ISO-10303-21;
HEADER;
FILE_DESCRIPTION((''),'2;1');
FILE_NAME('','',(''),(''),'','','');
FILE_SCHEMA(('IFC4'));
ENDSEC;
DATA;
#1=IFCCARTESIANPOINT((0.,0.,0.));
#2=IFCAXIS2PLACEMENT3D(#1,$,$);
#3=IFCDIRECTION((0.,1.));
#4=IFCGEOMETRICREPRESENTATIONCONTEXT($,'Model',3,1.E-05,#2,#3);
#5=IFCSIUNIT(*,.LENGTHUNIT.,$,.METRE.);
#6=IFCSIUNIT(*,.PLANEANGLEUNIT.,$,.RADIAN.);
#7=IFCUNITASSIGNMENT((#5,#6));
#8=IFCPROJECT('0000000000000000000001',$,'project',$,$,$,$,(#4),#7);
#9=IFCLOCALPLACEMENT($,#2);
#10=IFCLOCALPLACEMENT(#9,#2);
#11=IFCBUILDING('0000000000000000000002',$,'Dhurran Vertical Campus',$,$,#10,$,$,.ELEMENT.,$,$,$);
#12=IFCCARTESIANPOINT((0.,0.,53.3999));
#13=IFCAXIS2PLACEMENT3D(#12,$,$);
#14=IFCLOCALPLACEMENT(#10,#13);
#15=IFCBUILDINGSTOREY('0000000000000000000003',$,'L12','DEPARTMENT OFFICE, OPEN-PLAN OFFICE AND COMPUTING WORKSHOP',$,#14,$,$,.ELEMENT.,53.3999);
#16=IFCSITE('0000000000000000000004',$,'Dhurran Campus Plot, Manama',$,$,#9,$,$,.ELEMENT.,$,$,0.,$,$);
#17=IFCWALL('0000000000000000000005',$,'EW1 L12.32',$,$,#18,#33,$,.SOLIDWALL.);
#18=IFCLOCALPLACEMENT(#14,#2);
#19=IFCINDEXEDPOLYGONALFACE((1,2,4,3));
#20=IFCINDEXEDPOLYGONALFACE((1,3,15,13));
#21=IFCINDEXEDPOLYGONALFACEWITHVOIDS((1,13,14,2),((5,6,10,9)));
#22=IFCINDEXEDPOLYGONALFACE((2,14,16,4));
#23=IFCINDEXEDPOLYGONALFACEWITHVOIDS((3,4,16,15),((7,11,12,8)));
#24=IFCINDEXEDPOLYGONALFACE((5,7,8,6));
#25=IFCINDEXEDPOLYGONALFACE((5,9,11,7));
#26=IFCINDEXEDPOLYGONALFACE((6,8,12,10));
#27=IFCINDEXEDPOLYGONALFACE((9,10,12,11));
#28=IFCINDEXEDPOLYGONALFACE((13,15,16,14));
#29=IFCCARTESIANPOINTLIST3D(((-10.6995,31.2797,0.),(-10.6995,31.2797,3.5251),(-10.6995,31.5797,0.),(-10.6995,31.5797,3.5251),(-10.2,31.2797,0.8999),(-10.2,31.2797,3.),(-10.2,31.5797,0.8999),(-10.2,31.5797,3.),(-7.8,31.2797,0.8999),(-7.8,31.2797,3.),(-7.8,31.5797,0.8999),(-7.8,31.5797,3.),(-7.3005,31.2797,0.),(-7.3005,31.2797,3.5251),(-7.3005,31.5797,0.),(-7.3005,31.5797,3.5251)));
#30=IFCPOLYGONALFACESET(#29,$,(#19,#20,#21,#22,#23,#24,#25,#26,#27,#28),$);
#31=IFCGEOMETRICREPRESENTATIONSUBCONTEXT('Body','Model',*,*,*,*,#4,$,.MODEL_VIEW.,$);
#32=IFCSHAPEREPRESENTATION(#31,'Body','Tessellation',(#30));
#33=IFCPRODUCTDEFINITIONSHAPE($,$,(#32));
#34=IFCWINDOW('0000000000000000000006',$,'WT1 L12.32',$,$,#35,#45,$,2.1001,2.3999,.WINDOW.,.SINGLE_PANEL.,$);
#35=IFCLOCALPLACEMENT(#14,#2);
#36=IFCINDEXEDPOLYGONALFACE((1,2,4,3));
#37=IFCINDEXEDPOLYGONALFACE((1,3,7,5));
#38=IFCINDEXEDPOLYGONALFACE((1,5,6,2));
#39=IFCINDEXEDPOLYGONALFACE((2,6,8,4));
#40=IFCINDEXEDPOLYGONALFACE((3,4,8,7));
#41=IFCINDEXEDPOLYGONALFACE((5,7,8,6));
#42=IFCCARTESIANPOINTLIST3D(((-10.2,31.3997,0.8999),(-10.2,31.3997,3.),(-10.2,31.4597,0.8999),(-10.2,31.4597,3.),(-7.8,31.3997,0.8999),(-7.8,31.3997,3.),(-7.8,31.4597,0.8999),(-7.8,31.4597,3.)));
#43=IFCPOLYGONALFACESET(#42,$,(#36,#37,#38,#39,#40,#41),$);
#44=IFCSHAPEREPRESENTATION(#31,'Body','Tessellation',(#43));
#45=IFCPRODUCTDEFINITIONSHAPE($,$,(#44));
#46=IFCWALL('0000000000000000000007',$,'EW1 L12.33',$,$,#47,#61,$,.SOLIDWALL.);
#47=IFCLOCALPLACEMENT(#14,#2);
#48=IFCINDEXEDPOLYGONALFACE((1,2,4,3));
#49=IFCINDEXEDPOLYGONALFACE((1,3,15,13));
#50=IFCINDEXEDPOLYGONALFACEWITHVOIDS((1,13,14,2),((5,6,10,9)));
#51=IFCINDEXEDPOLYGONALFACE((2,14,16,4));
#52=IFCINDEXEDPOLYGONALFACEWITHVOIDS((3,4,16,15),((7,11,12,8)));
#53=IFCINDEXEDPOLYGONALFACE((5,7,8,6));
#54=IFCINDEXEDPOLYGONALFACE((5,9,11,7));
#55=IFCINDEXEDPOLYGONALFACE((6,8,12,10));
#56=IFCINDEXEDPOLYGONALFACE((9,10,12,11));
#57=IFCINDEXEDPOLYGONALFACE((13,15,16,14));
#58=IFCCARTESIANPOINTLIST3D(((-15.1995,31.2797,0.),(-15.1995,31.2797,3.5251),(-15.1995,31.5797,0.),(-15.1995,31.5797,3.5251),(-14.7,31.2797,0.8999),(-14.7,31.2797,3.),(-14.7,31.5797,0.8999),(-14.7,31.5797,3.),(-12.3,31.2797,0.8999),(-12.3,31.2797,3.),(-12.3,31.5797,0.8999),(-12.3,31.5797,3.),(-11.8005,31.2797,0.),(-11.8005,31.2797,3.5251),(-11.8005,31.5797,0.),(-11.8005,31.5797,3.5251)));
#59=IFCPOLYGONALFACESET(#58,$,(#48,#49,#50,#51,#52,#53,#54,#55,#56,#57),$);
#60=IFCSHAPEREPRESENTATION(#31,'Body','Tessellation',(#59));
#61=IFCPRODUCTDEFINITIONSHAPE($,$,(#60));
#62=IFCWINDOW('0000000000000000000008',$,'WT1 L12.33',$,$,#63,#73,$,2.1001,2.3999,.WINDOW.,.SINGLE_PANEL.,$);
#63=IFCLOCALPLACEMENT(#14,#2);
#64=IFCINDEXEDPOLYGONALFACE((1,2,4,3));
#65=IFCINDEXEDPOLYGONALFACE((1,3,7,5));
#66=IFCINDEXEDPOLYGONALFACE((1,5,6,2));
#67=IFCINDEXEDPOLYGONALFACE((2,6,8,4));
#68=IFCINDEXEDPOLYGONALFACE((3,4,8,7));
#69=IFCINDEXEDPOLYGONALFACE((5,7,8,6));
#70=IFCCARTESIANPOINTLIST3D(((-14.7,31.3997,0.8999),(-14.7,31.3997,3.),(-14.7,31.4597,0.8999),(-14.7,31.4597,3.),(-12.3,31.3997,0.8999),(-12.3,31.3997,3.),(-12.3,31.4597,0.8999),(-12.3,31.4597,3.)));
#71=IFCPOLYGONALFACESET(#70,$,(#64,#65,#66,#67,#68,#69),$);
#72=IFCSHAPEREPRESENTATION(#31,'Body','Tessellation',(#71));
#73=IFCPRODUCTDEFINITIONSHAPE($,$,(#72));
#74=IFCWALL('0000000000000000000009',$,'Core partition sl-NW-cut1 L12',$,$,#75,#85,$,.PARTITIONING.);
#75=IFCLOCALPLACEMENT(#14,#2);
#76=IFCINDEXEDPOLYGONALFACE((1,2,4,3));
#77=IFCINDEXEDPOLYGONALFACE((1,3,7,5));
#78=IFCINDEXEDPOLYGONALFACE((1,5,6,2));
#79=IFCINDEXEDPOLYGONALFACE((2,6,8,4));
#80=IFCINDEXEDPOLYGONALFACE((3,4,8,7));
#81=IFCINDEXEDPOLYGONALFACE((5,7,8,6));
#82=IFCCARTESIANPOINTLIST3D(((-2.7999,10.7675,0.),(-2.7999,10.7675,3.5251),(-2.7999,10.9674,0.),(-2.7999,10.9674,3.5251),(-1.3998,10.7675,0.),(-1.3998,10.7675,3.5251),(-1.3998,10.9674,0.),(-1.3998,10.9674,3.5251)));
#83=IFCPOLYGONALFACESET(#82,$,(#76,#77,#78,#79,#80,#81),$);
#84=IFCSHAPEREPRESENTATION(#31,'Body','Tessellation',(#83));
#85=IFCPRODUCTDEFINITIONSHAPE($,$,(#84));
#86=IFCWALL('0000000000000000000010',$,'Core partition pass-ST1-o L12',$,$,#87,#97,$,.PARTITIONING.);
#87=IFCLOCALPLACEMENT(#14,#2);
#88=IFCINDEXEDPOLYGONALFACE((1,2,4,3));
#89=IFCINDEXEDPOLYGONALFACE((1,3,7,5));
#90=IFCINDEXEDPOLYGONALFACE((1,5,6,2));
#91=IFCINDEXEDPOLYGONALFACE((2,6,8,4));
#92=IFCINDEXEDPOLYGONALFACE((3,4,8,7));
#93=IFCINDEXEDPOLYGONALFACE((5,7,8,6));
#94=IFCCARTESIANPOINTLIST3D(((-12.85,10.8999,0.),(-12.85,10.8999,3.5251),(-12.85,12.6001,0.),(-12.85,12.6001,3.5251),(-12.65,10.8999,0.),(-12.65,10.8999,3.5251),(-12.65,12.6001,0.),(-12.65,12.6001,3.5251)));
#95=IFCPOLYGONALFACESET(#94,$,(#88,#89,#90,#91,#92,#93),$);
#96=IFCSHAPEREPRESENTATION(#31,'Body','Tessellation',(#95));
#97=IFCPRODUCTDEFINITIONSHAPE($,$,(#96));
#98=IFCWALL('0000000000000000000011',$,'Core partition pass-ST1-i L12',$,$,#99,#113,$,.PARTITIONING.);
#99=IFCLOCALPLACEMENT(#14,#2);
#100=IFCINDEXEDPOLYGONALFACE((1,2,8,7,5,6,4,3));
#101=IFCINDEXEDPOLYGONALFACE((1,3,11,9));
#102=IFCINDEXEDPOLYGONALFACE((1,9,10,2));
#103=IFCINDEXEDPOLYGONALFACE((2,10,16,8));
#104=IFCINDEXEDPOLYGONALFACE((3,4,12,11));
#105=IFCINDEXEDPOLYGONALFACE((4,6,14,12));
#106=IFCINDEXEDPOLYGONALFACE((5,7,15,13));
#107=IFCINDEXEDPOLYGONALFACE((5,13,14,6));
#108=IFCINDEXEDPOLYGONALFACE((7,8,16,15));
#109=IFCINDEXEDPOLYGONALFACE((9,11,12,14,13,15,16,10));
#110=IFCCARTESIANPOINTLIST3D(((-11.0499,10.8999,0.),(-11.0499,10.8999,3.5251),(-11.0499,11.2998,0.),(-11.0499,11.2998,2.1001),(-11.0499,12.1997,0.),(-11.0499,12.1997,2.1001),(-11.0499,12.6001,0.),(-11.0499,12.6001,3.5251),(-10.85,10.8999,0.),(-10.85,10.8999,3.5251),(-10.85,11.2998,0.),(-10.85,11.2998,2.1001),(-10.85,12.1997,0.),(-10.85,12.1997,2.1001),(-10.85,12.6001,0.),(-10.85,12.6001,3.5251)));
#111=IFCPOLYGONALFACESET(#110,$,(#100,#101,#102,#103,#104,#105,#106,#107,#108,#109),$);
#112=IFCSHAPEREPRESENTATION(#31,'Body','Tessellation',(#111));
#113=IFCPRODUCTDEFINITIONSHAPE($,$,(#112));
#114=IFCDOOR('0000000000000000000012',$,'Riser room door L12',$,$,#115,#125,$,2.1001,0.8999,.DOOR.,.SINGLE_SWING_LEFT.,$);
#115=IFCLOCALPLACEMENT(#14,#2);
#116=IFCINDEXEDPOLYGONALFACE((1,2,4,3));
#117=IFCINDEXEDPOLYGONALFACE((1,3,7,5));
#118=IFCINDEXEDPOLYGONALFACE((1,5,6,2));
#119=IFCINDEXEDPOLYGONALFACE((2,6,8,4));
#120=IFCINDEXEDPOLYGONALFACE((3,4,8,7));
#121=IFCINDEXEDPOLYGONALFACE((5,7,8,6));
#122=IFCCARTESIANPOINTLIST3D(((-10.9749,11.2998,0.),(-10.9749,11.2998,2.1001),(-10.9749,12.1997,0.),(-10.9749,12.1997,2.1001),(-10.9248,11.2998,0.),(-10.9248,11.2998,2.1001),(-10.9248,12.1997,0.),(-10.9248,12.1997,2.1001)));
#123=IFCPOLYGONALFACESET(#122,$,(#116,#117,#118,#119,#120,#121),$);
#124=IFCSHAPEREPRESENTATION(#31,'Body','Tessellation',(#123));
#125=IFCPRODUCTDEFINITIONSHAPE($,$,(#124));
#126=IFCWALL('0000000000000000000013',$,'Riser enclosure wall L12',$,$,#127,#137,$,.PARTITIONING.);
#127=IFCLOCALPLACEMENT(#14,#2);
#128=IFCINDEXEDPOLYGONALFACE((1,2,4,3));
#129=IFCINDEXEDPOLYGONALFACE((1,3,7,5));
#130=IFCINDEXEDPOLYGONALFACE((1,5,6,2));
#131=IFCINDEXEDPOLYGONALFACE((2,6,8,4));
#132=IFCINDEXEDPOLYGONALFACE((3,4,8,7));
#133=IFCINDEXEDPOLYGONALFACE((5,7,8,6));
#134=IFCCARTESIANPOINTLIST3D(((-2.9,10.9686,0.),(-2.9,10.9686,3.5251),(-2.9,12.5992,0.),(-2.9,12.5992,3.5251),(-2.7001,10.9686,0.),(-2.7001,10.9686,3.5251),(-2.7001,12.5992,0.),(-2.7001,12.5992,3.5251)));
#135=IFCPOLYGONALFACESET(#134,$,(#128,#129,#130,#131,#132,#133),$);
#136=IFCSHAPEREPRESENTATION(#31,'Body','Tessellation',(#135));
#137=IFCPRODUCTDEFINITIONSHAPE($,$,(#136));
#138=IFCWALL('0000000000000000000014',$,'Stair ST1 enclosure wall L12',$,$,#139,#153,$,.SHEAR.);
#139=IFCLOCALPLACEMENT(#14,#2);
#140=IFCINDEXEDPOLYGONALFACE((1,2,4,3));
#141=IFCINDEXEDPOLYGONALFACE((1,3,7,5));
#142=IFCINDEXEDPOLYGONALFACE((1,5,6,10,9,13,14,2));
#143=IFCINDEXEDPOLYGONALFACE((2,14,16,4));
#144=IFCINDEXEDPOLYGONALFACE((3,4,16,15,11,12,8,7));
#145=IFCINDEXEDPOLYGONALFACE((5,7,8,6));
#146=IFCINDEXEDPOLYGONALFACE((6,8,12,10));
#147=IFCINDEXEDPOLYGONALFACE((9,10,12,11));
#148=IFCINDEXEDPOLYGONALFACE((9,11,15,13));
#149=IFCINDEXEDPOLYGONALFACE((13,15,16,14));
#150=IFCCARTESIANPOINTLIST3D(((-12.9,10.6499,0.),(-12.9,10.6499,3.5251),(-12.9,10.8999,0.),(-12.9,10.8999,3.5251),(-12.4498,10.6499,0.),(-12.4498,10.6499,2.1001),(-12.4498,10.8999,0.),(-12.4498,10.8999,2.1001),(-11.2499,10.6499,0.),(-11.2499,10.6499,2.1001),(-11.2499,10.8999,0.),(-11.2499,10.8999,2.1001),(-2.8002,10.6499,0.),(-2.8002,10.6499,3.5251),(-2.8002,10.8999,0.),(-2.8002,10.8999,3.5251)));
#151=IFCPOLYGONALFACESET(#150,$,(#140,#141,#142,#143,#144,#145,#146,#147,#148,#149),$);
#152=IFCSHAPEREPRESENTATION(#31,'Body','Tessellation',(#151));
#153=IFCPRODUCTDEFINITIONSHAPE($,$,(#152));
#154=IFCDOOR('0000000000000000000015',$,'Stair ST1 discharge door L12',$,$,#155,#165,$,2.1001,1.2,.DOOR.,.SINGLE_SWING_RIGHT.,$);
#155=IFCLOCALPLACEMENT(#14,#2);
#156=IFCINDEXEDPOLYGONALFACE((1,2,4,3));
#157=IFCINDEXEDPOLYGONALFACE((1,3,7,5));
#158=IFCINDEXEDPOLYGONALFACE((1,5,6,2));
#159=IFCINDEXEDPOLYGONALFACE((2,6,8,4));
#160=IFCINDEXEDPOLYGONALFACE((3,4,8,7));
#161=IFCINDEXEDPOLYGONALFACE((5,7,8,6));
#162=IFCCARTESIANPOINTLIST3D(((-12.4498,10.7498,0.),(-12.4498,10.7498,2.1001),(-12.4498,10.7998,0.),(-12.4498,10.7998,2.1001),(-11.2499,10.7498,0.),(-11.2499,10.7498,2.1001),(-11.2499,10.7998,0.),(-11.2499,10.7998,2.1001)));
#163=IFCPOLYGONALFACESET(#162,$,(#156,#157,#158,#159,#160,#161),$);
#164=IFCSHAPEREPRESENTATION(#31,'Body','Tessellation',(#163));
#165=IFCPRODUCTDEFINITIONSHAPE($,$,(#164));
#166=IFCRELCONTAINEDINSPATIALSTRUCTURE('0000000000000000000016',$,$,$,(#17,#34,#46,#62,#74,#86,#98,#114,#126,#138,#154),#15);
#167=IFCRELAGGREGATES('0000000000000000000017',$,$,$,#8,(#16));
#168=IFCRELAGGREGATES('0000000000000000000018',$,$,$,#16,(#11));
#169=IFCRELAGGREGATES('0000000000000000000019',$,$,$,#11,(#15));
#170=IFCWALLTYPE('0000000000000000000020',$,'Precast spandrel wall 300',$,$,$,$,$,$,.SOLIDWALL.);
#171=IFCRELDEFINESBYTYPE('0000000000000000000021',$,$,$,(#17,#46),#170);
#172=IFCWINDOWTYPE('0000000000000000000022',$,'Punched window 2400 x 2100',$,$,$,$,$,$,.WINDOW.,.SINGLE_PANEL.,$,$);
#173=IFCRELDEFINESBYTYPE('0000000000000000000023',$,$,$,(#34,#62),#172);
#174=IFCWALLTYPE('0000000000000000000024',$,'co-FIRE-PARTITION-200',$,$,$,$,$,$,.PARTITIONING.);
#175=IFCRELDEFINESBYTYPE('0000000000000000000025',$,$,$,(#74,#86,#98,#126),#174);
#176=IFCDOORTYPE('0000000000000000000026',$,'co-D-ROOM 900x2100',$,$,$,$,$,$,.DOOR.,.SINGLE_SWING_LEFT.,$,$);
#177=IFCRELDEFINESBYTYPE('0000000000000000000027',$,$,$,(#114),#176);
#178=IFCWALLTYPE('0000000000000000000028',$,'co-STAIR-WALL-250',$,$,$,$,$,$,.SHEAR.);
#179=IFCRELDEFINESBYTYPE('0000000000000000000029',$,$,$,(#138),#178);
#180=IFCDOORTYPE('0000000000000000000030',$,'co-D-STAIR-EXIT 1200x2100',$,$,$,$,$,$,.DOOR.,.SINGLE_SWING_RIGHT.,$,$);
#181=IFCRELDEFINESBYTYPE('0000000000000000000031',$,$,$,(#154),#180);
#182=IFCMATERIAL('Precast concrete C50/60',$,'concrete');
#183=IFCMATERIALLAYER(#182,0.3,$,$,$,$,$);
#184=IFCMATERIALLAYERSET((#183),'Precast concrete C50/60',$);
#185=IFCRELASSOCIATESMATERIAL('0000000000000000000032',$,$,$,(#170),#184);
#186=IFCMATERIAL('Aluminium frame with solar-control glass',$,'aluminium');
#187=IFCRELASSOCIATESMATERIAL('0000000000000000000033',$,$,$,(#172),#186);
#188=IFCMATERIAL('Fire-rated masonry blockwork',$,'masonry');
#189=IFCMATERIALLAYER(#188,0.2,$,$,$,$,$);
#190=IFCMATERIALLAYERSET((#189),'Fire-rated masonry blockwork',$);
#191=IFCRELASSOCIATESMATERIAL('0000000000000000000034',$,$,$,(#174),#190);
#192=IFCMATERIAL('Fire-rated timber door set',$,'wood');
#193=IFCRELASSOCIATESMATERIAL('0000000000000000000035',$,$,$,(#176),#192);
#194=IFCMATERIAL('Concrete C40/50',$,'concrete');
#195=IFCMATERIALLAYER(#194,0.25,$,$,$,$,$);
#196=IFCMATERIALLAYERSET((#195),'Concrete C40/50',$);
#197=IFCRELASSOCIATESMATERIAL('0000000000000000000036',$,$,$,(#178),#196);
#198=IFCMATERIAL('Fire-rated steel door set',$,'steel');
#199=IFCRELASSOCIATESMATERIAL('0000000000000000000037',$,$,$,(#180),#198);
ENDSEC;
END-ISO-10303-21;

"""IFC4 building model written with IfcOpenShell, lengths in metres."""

from ifc_helpers import new_model, si_unit, direction, frame, frame_2d, origin, place, context, subcontext, project, spatial, rectangle, extrude, material, layer, layer_set, type_object, element, fill, save


model = new_model("IFC4")

# Units and contexts
model_context = context("Model", 3, precision=1e-05, world=origin(), true_north=direction((0.0, 1.0)))
body_context = subcontext(model_context, "Body", "Model", "MODEL_VIEW")
ifc_project = project(units=[si_unit("LENGTHUNIT", "METRE"), si_unit("PLANEANGLEUNIT", "RADIAN")], contexts=[model_context])

# Site, building, storey
site_placement = place(None, origin())
site = spatial("IfcSite", under=ifc_project, at=site_placement, Name="Dhurran Campus Plot, Manama", CompositionType="ELEMENT", RefElevation=0.0)
building_placement = place(site_placement, origin())
building = spatial("IfcBuilding", under=site, at=building_placement, Name="Dhurran Vertical Campus", CompositionType="ELEMENT")
storey_placement = place(building_placement, frame((0.0, 0.0, 53.3999)))
storey = spatial("IfcBuildingStorey", under=building, at=storey_placement, Name="L12", Description="DEPARTMENT OFFICE, OPEN-PLAN OFFICE AND COMPUTING WORKSHOP", CompositionType="ELEMENT", Elevation=53.3999)

# Walls, openings, windows
ifc_material_1 = material(Name="Precast concrete C50/60", Category="concrete")
ifc_layer_1 = layer(ifc_material_1, 0.3)
ifc_layer_set_1 = layer_set([ifc_layer_1], Name="Precast concrete C50/60")
wall_type_1 = type_object("IfcWallType", Name="Precast spandrel wall 300", PredefinedType="SOLIDWALL", material=ifc_layer_set_1)
ifc_material_2 = material(Name="Aluminium frame with solar-control glass", Category="aluminium")
window_type = type_object("IfcWindowType", Name="Punched window 2400 x 2100", PartitioningType="SINGLE_PANEL", PredefinedType="WINDOW", material=ifc_material_2)
wall_1_placement = place(storey_placement, frame((-7.3005, 31.4297, 0.0), z_axis=(0.0, 0.0, 1.0), x_axis=(-1.0, 0.0, 0.0)))
wall_1 = element("IfcWall", 1, at=wall_1_placement, inside=storey, type_object=wall_type_1, Name="EW1 L12.32", PredefinedType="SOLIDWALL", context=body_context, shape_type="SweptSolid", body=[
    extrude(rectangle(XDim=3.3989, YDim=0.3, at=frame_2d((1.6995, 0.0))), origin(), (0.0, 0.0, 1.0), 3.5251),
])
opening_1_placement = place(wall_1_placement, frame((0.4995, 0.0, 0.8999)))
opening_1 = element("IfcOpeningElement", 2, at=opening_1_placement, cuts=wall_1, PredefinedType="OPENING", context=body_context, shape_type="SweptSolid", body=[
    extrude(rectangle(XDim=2.3999, YDim=2.1001, at=frame_2d((1.2, 1.05))), frame((0.0, 0.1599, 0.0), z_axis=(0.0, -1.0, 0.0), x_axis=(1.0, 0.0, 0.0)), (0.0, 0.0, 1.0), 0.3201),
])
window_1_placement = place(opening_1_placement, origin())
window_1 = element("IfcWindow", 3, at=window_1_placement, inside=storey, type_object=window_type, Name="WT1 L12.32", OverallHeight=2.1001, OverallWidth=2.3999, PartitioningType="SINGLE_PANEL", PredefinedType="WINDOW", context=body_context, shape_type="SweptSolid", body=[
    extrude(rectangle(XDim=2.3999, YDim=2.1001, at=frame_2d((1.2, 1.05))), frame((0.0, 0.03, 0.0), z_axis=(0.0, -1.0, 0.0), x_axis=(1.0, 0.0, 0.0)), (0.0, 0.0, 1.0), 0.0601),
])
fill(opening_1, window_1)
wall_2_placement = place(storey_placement, frame((-11.8005, 31.4297, 0.0), z_axis=(0.0, 0.0, 1.0), x_axis=(-1.0, 0.0, 0.0)))
wall_2 = element("IfcWall", 4, at=wall_2_placement, inside=storey, type_object=wall_type_1, Name="EW1 L12.33", PredefinedType="SOLIDWALL", context=body_context, shape_type="SweptSolid", body=[
    extrude(rectangle(XDim=3.3989, YDim=0.3, at=frame_2d((1.6995, 0.0))), origin(), (0.0, 0.0, 1.0), 3.5251),
])
opening_2_placement = place(wall_2_placement, frame((0.4995, 0.0, 0.8999)))
opening_2 = element("IfcOpeningElement", 5, at=opening_2_placement, cuts=wall_2, PredefinedType="OPENING", context=body_context, shape_type="SweptSolid", body=[
    extrude(rectangle(XDim=2.3999, YDim=2.1001, at=frame_2d((1.2, 1.05))), frame((0.0, 0.1599, 0.0), z_axis=(0.0, -1.0, 0.0), x_axis=(1.0, 0.0, 0.0)), (0.0, 0.0, 1.0), 0.3201),
])
window_2_placement = place(opening_2_placement, origin())
window_2 = element("IfcWindow", 6, at=window_2_placement, inside=storey, type_object=window_type, Name="WT1 L12.33", OverallHeight=2.1001, OverallWidth=2.3999, PartitioningType="SINGLE_PANEL", PredefinedType="WINDOW", context=body_context, shape_type="SweptSolid", body=[
    extrude(rectangle(XDim=2.3999, YDim=2.1001, at=frame_2d((1.2, 1.05))), frame((0.0, 0.03, 0.0), z_axis=(0.0, -1.0, 0.0), x_axis=(1.0, 0.0, 0.0)), (0.0, 0.0, 1.0), 0.0601),
])
fill(opening_2, window_2)

# Walls
ifc_material_3 = material(Name="Fire-rated masonry blockwork", Category="masonry")
ifc_layer_2 = layer(ifc_material_3, 0.2)
ifc_layer_set_2 = layer_set([ifc_layer_2], Name="Fire-rated masonry blockwork")
wall_type_2 = type_object("IfcWallType", Name="co-FIRE-PARTITION-200", PredefinedType="PARTITIONING", material=ifc_layer_set_2)
wall_3_placement = place(storey_placement, frame((-2.8, 10.8674, 0.0), z_axis=(0.0, 0.0, 1.0), x_axis=(1.0, 0.0, 0.0)))
element("IfcWall", 7, at=wall_3_placement, inside=storey, type_object=wall_type_2, Name="Core partition sl-NW-cut1 L12", PredefinedType="PARTITIONING", context=body_context, shape_type="SweptSolid", body=[
    extrude(rectangle(XDim=1.4001, YDim=0.2, at=frame_2d((0.7002, 0.0))), origin(), (0.0, 0.0, 1.0), 3.5251),
])
wall_4_placement = place(storey_placement, frame((-12.75, 10.8999, 0.0), z_axis=(0.0, 0.0, 1.0), x_axis=(0.0, 1.0, 0.0)))
element("IfcWall", 8, at=wall_4_placement, inside=storey, type_object=wall_type_2, Name="Core partition pass-ST1-o L12", PredefinedType="PARTITIONING", context=body_context, shape_type="SweptSolid", body=[
    extrude(rectangle(XDim=1.7002, YDim=0.2, at=frame_2d((0.8501, 0.0))), origin(), (0.0, 0.0, 1.0), 3.5251),
])

# Wall, opening, door
wall_5_placement = place(storey_placement, frame((-10.95, 10.8999, 0.0), z_axis=(0.0, 0.0, 1.0), x_axis=(0.0, 1.0, 0.0)))
wall_5 = element("IfcWall", 9, at=wall_5_placement, inside=storey, type_object=wall_type_2, Name="Core partition pass-ST1-i L12", PredefinedType="PARTITIONING", context=body_context, shape_type="SweptSolid", body=[
    extrude(rectangle(XDim=1.7002, YDim=0.2, at=frame_2d((0.8501, 0.0))), origin(), (0.0, 0.0, 1.0), 3.5251),
])
opening_3_placement = place(wall_5_placement, frame((0.3999, 0.0, 0.0)))
opening_3 = element("IfcOpeningElement", 10, at=opening_3_placement, cuts=wall_5, PredefinedType="OPENING", context=body_context, shape_type="SweptSolid", body=[
    extrude(rectangle(XDim=0.8999, YDim=2.1001, at=frame_2d((0.45, 1.05))), frame((0.0, 0.1099, 0.0), z_axis=(0.0, -1.0, 0.0), x_axis=(1.0, 0.0, 0.0)), (0.0, 0.0, 1.0), 0.22),
])
ifc_material_4 = material(Name="Fire-rated timber door set", Category="wood")
door_type_1 = type_object("IfcDoorType", Name="co-D-ROOM 900x2100", OperationType="SINGLE_SWING_LEFT", PredefinedType="DOOR", material=ifc_material_4)
door_1_placement = place(opening_3_placement, origin())
door_1 = element("IfcDoor", 11, at=door_1_placement, inside=storey, type_object=door_type_1, Name="Riser room door L12", OperationType="SINGLE_SWING_LEFT", OverallHeight=2.1001, OverallWidth=0.8999, PredefinedType="DOOR", context=body_context, shape_type="SweptSolid", body=[
    extrude(rectangle(XDim=0.8999, YDim=2.1001, at=frame_2d((0.45, 1.05))), frame((0.0, 0.0249, 0.0), z_axis=(0.0, -1.0, 0.0), x_axis=(1.0, 0.0, 0.0)), (0.0, 0.0, 1.0), 0.05),
])
fill(opening_3, door_1)

# Wall
wall_6_placement = place(storey_placement, frame((-2.8, 10.9685, 0.0), z_axis=(0.0, 0.0, 1.0), x_axis=(0.0, 1.0, 0.0)))
element("IfcWall", 12, at=wall_6_placement, inside=storey, type_object=wall_type_2, Name="Riser enclosure wall L12", PredefinedType="PARTITIONING", context=body_context, shape_type="SweptSolid", body=[
    extrude(rectangle(XDim=1.6306, YDim=0.2, at=frame_2d((0.8154, 0.0))), origin(), (0.0, 0.0, 1.0), 3.5251),
])

# Wall, opening, door
ifc_material_5 = material(Name="Concrete C40/50", Category="concrete")
ifc_layer_3 = layer(ifc_material_5, 0.25)
ifc_layer_set_3 = layer_set([ifc_layer_3], Name="Concrete C40/50")
wall_type_3 = type_object("IfcWallType", Name="co-STAIR-WALL-250", PredefinedType="SHEAR", material=ifc_layer_set_3)
wall_7_placement = place(storey_placement, frame((-12.8999, 10.7749, 0.0), z_axis=(0.0, 0.0, 1.0), x_axis=(1.0, 0.0, 0.0)))
wall_7 = element("IfcWall", 13, at=wall_7_placement, inside=storey, type_object=wall_type_3, Name="Stair ST1 enclosure wall L12", PredefinedType="SHEAR", context=body_context, shape_type="SweptSolid", body=[
    extrude(rectangle(XDim=10.0999, YDim=0.25, at=frame_2d((5.0498, 0.0))), origin(), (0.0, 0.0, 1.0), 3.5251),
])
opening_4_placement = place(wall_7_placement, frame((0.45, 0.0, 0.0)))
opening_4 = element("IfcOpeningElement", 14, at=opening_4_placement, cuts=wall_7, PredefinedType="OPENING", context=body_context, shape_type="SweptSolid", body=[
    extrude(rectangle(XDim=1.2, YDim=2.1001, at=frame_2d((0.6001, 1.05))), frame((0.0, 0.135, 0.0), z_axis=(0.0, -1.0, 0.0), x_axis=(1.0, 0.0, 0.0)), (0.0, 0.0, 1.0), 0.27),
])
ifc_material_6 = material(Name="Fire-rated steel door set", Category="steel")
door_type_2 = type_object("IfcDoorType", Name="co-D-STAIR-EXIT 1200x2100", OperationType="SINGLE_SWING_RIGHT", PredefinedType="DOOR", material=ifc_material_6)
door_2_placement = place(opening_4_placement, origin())
door_2 = element("IfcDoor", 15, at=door_2_placement, inside=storey, type_object=door_type_2, Name="Stair ST1 discharge door L12", OperationType="SINGLE_SWING_RIGHT", OverallHeight=2.1001, OverallWidth=1.2, PredefinedType="DOOR", context=body_context, shape_type="SweptSolid", body=[
    extrude(rectangle(XDim=1.2, YDim=2.1001, at=frame_2d((0.6001, 1.05))), frame((0.0, 0.0249, 0.0), z_axis=(0.0, -1.0, 0.0), x_axis=(1.0, 0.0, 0.0)), (0.0, 0.0, 1.0), 0.05),
])
fill(opening_4, door_2)

save(model, "model.ifc")
